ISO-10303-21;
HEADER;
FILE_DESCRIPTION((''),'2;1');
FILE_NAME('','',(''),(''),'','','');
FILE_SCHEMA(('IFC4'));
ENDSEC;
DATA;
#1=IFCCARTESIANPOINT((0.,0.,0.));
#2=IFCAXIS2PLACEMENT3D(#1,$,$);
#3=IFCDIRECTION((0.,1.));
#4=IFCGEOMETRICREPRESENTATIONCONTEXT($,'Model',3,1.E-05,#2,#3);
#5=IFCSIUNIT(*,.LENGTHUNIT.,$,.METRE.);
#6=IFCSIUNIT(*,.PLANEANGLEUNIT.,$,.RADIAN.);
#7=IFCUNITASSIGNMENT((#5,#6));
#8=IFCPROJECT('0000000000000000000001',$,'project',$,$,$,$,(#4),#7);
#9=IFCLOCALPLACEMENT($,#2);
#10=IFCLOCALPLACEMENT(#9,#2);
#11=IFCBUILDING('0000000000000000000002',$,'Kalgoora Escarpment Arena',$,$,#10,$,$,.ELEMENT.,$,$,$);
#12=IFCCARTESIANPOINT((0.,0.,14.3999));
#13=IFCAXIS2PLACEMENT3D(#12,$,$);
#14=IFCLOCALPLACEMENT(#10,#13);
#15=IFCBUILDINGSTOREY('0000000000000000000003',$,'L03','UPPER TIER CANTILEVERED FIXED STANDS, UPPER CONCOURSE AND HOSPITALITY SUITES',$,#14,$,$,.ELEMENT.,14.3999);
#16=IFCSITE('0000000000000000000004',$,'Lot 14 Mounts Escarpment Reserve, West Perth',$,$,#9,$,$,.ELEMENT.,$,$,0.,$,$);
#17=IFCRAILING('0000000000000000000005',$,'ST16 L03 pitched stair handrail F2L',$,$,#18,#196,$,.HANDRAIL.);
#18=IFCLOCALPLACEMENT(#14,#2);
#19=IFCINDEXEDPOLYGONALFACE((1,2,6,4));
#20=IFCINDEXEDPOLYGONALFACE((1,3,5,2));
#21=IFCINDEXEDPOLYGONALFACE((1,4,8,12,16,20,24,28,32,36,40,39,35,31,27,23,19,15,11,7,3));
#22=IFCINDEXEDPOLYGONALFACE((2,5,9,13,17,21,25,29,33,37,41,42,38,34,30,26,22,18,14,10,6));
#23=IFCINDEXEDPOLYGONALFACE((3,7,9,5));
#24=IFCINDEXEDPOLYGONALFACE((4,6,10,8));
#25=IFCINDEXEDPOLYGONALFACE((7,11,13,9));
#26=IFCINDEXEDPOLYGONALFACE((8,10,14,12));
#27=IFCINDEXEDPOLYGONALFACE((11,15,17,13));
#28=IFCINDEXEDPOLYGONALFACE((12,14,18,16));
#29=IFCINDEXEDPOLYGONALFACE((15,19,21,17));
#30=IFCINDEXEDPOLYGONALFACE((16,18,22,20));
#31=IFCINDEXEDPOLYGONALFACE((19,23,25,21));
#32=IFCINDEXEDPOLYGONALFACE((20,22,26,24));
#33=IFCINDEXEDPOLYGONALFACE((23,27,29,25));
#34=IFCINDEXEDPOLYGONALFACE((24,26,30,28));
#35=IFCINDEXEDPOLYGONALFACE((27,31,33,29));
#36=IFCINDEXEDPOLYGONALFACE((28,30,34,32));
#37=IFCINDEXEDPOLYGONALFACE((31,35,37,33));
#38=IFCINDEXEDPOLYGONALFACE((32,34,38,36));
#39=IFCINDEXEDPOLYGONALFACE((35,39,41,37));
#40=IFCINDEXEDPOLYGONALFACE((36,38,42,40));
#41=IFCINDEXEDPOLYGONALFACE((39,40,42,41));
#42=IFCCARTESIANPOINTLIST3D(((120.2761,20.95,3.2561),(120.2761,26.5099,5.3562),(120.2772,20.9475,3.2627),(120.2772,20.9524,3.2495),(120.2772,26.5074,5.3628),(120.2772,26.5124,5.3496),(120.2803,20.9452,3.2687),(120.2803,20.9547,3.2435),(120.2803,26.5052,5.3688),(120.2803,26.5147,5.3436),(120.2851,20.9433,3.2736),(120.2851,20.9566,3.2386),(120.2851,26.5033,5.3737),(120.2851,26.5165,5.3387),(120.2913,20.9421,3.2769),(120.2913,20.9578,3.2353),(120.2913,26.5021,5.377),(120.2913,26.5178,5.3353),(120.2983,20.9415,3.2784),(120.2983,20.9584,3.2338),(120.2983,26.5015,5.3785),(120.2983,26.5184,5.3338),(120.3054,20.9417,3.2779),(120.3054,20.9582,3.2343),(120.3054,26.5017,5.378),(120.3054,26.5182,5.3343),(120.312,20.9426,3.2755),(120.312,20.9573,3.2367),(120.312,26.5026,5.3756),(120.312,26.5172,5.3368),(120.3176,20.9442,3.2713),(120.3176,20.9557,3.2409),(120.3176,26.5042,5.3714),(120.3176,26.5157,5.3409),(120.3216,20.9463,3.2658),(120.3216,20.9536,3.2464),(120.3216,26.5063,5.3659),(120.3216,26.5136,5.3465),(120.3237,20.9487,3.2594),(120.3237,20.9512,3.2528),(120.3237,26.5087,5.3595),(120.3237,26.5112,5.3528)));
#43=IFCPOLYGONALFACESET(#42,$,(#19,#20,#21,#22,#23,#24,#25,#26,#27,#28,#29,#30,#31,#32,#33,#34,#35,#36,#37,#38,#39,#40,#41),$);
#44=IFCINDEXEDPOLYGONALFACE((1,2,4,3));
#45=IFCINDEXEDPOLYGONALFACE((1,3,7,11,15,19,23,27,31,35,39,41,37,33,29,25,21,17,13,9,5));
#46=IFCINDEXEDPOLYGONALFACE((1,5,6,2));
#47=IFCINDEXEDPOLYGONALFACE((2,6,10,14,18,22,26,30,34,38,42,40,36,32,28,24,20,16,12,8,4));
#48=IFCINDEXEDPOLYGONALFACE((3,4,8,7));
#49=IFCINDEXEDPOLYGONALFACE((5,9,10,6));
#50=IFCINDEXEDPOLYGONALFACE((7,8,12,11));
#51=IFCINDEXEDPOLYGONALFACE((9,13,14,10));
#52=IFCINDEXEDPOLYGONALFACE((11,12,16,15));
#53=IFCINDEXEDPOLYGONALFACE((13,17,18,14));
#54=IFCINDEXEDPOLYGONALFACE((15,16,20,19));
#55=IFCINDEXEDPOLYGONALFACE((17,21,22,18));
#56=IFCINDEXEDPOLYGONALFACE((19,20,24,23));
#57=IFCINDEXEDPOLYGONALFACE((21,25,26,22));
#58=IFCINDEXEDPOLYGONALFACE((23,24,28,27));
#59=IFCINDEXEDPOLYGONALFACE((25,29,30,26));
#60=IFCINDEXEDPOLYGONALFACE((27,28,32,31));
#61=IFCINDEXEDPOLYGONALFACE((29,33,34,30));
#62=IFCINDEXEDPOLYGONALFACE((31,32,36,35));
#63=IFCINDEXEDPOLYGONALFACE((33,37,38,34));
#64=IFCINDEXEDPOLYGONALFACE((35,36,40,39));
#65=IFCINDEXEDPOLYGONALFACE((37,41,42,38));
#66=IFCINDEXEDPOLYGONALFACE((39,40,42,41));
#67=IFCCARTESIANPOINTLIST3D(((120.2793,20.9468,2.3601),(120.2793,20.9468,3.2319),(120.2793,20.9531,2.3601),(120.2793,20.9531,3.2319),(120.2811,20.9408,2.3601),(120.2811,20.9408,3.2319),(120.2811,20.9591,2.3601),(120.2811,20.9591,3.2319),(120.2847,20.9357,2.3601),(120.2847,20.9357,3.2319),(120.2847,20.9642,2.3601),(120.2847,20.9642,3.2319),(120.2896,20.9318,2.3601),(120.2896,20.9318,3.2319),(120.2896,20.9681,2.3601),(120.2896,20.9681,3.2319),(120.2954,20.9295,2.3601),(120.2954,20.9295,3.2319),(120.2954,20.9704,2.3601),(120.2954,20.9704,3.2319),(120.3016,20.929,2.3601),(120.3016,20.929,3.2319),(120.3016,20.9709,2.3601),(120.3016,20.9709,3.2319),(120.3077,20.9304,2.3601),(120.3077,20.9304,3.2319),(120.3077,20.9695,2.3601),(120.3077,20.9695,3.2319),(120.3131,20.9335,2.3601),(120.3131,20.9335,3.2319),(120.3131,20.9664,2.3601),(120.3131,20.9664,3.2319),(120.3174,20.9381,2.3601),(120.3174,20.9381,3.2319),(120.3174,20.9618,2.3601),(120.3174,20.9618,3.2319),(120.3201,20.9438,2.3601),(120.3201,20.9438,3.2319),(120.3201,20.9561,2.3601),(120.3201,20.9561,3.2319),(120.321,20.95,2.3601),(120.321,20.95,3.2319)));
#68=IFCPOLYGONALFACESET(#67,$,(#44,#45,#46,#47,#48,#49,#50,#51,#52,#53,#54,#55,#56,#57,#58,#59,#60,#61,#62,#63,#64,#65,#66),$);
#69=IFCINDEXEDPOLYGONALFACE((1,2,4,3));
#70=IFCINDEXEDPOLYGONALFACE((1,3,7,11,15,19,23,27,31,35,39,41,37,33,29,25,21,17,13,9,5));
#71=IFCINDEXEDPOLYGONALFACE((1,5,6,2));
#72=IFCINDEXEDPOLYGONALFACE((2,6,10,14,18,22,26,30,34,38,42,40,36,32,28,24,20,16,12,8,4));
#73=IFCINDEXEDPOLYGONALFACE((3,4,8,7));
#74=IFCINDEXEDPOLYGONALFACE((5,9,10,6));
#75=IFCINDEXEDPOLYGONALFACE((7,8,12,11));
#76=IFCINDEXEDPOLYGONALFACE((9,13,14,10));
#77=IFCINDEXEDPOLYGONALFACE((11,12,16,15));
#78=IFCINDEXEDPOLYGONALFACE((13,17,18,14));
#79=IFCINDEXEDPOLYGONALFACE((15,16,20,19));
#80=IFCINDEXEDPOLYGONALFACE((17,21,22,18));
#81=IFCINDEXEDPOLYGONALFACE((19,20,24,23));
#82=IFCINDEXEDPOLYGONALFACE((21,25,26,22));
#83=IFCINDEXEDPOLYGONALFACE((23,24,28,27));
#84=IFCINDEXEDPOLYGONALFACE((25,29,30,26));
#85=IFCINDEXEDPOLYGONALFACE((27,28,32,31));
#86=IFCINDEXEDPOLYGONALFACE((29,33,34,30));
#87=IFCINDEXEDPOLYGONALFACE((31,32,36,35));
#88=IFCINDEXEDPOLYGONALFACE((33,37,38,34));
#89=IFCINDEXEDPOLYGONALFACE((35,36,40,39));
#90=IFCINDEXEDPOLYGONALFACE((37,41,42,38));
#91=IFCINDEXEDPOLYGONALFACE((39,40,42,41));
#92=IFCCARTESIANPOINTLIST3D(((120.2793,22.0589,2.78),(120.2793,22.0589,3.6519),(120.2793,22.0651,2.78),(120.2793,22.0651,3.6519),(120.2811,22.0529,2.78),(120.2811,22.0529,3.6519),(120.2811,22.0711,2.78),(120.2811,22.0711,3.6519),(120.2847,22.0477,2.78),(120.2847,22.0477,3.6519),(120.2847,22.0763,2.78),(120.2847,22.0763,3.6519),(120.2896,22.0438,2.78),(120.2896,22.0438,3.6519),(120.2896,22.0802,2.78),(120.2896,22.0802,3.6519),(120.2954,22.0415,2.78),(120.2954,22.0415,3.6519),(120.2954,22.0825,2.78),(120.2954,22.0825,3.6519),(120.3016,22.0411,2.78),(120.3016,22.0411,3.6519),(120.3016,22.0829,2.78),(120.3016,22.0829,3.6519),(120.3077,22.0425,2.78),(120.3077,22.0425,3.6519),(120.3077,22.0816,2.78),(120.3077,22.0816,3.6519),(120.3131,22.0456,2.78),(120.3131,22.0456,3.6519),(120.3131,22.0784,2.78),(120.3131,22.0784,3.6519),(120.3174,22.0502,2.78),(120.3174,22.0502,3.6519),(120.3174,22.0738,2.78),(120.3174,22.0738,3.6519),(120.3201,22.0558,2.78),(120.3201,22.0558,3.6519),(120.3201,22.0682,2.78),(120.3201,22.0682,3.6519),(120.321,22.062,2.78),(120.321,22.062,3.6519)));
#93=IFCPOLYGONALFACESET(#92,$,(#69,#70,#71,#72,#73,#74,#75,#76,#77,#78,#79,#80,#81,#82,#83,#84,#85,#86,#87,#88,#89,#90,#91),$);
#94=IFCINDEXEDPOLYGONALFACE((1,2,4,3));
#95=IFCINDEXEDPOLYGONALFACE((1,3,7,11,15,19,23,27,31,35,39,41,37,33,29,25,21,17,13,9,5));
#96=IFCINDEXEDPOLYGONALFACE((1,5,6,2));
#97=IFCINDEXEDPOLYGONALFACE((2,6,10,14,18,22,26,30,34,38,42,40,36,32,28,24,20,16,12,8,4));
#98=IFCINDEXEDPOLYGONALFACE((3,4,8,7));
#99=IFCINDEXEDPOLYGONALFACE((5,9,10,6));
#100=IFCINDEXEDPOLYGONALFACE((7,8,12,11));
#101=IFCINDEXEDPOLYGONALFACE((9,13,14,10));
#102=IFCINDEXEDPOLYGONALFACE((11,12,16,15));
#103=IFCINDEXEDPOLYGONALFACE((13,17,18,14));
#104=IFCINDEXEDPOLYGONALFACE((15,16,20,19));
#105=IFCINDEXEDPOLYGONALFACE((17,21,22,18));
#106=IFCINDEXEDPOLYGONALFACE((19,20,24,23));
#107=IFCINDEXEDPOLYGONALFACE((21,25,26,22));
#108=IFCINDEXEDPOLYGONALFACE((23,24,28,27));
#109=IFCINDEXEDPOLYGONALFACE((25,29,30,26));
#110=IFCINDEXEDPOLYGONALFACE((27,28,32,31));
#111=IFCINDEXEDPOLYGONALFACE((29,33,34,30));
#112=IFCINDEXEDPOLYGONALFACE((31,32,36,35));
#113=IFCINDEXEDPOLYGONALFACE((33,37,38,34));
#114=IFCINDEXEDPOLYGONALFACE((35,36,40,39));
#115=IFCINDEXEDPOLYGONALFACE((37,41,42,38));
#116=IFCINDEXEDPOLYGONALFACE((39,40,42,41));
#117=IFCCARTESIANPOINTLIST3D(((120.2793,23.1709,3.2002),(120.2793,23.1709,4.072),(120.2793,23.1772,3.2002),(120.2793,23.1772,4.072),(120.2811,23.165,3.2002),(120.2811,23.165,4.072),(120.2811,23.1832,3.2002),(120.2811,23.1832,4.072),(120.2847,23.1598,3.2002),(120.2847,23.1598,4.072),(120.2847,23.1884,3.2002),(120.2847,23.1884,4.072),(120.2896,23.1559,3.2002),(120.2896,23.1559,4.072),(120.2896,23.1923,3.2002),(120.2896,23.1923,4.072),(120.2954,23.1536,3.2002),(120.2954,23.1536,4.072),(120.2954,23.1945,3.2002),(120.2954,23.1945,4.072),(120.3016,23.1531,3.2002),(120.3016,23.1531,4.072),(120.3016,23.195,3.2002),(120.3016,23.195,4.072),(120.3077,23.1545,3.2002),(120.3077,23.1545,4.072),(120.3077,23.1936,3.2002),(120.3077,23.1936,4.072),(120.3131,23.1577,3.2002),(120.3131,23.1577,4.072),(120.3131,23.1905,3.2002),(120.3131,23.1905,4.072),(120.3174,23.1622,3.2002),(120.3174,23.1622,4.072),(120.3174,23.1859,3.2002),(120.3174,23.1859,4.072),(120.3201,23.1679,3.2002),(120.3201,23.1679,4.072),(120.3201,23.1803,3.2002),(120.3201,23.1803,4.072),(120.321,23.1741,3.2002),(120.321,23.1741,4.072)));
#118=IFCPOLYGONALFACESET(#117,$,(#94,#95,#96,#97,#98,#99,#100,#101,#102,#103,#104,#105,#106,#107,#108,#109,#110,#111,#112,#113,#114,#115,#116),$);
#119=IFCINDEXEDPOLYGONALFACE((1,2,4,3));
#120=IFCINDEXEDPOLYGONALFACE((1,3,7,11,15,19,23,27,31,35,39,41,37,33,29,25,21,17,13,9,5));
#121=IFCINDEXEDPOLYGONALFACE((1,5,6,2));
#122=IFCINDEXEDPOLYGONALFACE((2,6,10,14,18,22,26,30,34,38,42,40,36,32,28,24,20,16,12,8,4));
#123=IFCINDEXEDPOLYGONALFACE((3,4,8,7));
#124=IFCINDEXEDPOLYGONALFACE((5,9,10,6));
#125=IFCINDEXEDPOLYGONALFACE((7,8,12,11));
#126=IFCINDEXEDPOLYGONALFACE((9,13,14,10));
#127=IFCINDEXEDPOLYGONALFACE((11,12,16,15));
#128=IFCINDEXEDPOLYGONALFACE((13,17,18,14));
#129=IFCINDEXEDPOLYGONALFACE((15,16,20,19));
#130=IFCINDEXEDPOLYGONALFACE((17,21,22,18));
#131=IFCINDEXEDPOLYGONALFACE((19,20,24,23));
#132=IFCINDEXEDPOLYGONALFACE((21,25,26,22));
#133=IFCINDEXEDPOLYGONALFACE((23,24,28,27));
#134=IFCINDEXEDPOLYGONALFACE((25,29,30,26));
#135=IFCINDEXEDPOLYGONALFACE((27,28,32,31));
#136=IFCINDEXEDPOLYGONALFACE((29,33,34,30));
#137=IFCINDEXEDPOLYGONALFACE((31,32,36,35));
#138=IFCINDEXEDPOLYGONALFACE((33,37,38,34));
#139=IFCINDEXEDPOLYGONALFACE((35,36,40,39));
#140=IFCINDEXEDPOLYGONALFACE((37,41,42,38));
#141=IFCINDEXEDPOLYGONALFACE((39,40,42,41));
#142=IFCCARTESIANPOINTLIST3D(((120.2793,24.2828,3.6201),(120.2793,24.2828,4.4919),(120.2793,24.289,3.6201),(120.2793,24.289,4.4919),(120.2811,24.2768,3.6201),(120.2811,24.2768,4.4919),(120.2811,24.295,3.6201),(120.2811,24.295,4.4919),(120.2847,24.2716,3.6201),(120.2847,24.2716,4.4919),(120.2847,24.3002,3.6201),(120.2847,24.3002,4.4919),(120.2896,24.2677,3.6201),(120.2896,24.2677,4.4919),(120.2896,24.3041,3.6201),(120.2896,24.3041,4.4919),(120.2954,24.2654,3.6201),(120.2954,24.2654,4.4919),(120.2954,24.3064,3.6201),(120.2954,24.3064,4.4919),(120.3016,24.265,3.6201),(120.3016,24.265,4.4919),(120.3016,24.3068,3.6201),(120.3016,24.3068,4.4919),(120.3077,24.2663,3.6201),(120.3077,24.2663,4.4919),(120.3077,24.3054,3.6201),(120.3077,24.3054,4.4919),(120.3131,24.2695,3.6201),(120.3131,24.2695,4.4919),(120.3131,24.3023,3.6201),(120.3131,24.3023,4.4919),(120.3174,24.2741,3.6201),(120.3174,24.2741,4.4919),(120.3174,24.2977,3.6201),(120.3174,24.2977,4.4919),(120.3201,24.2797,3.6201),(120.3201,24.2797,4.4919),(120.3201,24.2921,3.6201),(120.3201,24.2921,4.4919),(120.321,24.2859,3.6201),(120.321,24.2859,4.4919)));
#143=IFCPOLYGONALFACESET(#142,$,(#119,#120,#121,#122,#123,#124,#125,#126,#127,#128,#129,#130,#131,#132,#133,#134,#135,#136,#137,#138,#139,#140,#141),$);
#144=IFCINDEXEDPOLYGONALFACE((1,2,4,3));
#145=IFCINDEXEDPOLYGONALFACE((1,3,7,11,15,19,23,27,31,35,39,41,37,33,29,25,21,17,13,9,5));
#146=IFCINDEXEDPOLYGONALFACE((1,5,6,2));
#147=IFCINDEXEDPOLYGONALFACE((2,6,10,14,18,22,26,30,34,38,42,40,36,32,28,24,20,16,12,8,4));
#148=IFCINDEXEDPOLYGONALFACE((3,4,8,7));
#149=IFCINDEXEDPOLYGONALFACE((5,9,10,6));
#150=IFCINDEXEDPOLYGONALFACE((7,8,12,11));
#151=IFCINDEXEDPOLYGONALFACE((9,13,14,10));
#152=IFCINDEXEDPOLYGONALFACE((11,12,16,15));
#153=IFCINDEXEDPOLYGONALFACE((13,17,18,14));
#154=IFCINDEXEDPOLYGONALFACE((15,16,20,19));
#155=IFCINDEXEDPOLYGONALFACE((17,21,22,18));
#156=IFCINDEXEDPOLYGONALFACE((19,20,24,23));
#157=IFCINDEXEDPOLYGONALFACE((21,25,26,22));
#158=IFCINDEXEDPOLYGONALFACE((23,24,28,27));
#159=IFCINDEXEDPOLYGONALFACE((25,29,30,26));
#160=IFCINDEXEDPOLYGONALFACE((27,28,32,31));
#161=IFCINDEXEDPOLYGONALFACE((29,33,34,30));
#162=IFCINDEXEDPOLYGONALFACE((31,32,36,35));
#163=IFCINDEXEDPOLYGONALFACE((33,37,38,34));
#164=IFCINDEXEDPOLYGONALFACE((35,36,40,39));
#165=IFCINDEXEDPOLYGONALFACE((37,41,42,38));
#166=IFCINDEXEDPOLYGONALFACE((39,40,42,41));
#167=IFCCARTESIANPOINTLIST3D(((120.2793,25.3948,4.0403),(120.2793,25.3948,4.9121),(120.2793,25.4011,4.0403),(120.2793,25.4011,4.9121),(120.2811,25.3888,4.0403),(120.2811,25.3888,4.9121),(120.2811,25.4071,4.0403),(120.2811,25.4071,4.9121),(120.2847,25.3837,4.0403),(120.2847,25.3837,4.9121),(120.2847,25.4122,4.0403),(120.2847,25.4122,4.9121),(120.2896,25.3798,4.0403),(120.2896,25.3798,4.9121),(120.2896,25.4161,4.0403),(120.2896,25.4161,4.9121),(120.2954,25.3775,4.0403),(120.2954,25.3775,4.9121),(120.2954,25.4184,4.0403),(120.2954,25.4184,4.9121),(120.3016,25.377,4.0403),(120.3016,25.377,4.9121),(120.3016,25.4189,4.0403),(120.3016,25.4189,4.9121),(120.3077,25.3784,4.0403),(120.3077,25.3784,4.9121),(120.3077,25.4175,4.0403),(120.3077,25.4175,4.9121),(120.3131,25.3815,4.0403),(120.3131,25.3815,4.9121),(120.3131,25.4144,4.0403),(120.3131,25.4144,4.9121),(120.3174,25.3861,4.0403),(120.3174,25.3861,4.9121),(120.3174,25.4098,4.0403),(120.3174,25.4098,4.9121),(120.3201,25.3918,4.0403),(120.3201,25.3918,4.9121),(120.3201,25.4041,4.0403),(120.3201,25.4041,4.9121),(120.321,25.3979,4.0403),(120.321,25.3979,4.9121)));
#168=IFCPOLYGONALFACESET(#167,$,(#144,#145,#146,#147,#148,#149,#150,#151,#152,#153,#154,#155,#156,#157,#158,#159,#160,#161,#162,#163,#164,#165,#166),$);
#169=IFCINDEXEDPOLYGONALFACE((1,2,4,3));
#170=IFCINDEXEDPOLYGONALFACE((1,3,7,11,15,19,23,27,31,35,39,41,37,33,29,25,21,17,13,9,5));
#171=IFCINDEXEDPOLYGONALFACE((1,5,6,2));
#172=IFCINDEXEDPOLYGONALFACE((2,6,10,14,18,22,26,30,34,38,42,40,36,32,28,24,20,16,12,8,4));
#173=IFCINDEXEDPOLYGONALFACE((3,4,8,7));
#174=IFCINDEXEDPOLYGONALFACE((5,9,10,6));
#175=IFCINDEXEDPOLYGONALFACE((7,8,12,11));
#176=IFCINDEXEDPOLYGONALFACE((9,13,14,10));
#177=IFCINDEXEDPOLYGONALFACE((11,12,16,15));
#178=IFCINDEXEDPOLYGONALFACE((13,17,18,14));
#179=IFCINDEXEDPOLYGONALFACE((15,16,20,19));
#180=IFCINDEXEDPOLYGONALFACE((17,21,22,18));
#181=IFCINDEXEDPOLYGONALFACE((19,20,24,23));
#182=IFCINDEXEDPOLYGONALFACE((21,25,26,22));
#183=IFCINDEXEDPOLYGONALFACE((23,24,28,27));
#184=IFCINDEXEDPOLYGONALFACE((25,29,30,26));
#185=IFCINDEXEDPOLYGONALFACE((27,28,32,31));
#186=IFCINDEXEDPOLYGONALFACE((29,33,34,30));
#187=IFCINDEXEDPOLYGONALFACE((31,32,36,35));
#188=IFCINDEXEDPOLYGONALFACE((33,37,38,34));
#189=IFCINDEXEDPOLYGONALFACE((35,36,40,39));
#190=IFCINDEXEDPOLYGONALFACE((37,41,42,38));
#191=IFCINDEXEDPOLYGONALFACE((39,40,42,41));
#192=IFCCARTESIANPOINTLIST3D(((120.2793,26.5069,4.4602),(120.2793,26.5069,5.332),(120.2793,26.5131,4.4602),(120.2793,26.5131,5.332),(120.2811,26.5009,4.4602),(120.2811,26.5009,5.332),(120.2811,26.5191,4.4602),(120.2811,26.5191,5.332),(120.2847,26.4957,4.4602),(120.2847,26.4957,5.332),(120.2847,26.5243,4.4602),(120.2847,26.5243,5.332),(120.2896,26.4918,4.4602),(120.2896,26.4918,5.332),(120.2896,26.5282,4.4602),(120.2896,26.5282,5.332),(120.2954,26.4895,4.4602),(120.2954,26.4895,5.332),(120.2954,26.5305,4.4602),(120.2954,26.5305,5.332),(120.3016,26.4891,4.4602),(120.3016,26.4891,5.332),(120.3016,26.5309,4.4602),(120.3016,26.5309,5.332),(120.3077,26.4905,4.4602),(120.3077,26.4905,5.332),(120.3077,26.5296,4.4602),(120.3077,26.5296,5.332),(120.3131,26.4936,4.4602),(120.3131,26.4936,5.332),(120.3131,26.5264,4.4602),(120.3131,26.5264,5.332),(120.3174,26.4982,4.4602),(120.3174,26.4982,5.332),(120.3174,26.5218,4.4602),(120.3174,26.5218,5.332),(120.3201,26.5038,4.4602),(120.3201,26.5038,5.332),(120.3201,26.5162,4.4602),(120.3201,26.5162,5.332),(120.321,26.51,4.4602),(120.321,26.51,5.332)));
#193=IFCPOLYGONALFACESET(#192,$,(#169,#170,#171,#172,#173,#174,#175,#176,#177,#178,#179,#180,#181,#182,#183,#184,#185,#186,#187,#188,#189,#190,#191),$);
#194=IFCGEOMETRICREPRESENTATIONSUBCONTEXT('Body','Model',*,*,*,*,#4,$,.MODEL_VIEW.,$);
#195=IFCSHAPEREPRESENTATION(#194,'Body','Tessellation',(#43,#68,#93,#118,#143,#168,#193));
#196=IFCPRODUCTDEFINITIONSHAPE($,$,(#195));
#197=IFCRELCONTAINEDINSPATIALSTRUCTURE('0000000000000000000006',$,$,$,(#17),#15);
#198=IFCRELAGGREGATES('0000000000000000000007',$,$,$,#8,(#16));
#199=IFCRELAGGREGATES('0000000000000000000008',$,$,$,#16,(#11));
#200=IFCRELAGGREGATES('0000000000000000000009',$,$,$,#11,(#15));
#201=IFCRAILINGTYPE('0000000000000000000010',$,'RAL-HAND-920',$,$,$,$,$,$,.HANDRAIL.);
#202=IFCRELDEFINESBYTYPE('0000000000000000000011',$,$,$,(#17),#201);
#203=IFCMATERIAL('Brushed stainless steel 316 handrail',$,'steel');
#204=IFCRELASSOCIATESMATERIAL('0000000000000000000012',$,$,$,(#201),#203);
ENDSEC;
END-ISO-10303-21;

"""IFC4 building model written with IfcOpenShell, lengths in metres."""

from ifc_helpers import new_model, si_unit, direction, frame, origin, origin_2d, place, context, subcontext, project, spatial, circle, extrude, material, type_object, element, save


model = new_model("IFC4")

# Units and contexts
model_context = context("Model", 3, precision=1e-05, world=origin(), true_north=direction((0.0, 1.0)))
body_context = subcontext(model_context, "Body", "Model", "MODEL_VIEW")
ifc_project = project(units=[si_unit("LENGTHUNIT", "METRE"), si_unit("PLANEANGLEUNIT", "RADIAN")], contexts=[model_context])

# Site, building, storey
site_placement = place(None, origin())
site = spatial("IfcSite", under=ifc_project, at=site_placement, Name="Lot 14 Mounts Escarpment Reserve, West Perth", CompositionType="ELEMENT", RefElevation=0.0)
building_placement = place(site_placement, origin())
building = spatial("IfcBuilding", under=site, at=building_placement, Name="Kalgoora Escarpment Arena", CompositionType="ELEMENT")
storey_placement = place(building_placement, frame((0.0, 0.0, 14.3999)))
storey = spatial("IfcBuildingStorey", under=building, at=storey_placement, Name="L03", Description="UPPER TIER CANTILEVERED FIXED STANDS, UPPER CONCOURSE AND HOSPITALITY SUITES", CompositionType="ELEMENT", Elevation=14.3999)

# Railing
ifc_material_1 = material(Name="Brushed stainless steel 316 handrail", Category="steel")
railing_type_1 = type_object("IfcRailingType", Name="RAL-HAND-920", PredefinedType="HANDRAIL", material=ifc_material_1)
for number, where, name in (
    (1, (120.3, 20.95, 2.3601), "ST16 L03 pitched stair handrail F2L"),
):
    element("IfcRailing", number, at=place(storey_placement, frame(where)), inside=storey, type_object=railing_type_1, Name=name, PredefinedType="HANDRAIL", context=body_context, shape_type="SweptSolid", body=[
        extrude(circle(Radius=0.0239, at=origin_2d()), frame((0.0, 0.0, 0.896), z_axis=(0.0, 0.935493, 0.353346), x_axis=(-1.0, 0.0, 0.0)), (0.0, 0.0, 1.0), 5.9434),
        extrude(circle(Radius=0.021, at=origin_2d()), origin(), (0.0, 0.0, 1.0), 0.8718),
        extrude(circle(Radius=0.021, at=origin_2d()), frame((0.0, 1.1121, 0.4199)), (0.0, 0.0, 1.0), 0.8718),
        extrude(circle(Radius=0.021, at=origin_2d()), frame((0.0, 2.2241, 0.8401)), (0.0, 0.0, 1.0), 0.8718),
        extrude(circle(Radius=0.021, at=origin_2d()), frame((0.0, 3.3359, 1.26)), (0.0, 0.0, 1.0), 0.8718),
        extrude(circle(Radius=0.021, at=origin_2d()), frame((0.0, 4.448, 1.6802)), (0.0, 0.0, 1.0), 0.8718),
        extrude(circle(Radius=0.021, at=origin_2d()), frame((0.0, 5.5601, 2.1001)), (0.0, 0.0, 1.0), 0.8718),
    ])

save(model, "model.ifc")
